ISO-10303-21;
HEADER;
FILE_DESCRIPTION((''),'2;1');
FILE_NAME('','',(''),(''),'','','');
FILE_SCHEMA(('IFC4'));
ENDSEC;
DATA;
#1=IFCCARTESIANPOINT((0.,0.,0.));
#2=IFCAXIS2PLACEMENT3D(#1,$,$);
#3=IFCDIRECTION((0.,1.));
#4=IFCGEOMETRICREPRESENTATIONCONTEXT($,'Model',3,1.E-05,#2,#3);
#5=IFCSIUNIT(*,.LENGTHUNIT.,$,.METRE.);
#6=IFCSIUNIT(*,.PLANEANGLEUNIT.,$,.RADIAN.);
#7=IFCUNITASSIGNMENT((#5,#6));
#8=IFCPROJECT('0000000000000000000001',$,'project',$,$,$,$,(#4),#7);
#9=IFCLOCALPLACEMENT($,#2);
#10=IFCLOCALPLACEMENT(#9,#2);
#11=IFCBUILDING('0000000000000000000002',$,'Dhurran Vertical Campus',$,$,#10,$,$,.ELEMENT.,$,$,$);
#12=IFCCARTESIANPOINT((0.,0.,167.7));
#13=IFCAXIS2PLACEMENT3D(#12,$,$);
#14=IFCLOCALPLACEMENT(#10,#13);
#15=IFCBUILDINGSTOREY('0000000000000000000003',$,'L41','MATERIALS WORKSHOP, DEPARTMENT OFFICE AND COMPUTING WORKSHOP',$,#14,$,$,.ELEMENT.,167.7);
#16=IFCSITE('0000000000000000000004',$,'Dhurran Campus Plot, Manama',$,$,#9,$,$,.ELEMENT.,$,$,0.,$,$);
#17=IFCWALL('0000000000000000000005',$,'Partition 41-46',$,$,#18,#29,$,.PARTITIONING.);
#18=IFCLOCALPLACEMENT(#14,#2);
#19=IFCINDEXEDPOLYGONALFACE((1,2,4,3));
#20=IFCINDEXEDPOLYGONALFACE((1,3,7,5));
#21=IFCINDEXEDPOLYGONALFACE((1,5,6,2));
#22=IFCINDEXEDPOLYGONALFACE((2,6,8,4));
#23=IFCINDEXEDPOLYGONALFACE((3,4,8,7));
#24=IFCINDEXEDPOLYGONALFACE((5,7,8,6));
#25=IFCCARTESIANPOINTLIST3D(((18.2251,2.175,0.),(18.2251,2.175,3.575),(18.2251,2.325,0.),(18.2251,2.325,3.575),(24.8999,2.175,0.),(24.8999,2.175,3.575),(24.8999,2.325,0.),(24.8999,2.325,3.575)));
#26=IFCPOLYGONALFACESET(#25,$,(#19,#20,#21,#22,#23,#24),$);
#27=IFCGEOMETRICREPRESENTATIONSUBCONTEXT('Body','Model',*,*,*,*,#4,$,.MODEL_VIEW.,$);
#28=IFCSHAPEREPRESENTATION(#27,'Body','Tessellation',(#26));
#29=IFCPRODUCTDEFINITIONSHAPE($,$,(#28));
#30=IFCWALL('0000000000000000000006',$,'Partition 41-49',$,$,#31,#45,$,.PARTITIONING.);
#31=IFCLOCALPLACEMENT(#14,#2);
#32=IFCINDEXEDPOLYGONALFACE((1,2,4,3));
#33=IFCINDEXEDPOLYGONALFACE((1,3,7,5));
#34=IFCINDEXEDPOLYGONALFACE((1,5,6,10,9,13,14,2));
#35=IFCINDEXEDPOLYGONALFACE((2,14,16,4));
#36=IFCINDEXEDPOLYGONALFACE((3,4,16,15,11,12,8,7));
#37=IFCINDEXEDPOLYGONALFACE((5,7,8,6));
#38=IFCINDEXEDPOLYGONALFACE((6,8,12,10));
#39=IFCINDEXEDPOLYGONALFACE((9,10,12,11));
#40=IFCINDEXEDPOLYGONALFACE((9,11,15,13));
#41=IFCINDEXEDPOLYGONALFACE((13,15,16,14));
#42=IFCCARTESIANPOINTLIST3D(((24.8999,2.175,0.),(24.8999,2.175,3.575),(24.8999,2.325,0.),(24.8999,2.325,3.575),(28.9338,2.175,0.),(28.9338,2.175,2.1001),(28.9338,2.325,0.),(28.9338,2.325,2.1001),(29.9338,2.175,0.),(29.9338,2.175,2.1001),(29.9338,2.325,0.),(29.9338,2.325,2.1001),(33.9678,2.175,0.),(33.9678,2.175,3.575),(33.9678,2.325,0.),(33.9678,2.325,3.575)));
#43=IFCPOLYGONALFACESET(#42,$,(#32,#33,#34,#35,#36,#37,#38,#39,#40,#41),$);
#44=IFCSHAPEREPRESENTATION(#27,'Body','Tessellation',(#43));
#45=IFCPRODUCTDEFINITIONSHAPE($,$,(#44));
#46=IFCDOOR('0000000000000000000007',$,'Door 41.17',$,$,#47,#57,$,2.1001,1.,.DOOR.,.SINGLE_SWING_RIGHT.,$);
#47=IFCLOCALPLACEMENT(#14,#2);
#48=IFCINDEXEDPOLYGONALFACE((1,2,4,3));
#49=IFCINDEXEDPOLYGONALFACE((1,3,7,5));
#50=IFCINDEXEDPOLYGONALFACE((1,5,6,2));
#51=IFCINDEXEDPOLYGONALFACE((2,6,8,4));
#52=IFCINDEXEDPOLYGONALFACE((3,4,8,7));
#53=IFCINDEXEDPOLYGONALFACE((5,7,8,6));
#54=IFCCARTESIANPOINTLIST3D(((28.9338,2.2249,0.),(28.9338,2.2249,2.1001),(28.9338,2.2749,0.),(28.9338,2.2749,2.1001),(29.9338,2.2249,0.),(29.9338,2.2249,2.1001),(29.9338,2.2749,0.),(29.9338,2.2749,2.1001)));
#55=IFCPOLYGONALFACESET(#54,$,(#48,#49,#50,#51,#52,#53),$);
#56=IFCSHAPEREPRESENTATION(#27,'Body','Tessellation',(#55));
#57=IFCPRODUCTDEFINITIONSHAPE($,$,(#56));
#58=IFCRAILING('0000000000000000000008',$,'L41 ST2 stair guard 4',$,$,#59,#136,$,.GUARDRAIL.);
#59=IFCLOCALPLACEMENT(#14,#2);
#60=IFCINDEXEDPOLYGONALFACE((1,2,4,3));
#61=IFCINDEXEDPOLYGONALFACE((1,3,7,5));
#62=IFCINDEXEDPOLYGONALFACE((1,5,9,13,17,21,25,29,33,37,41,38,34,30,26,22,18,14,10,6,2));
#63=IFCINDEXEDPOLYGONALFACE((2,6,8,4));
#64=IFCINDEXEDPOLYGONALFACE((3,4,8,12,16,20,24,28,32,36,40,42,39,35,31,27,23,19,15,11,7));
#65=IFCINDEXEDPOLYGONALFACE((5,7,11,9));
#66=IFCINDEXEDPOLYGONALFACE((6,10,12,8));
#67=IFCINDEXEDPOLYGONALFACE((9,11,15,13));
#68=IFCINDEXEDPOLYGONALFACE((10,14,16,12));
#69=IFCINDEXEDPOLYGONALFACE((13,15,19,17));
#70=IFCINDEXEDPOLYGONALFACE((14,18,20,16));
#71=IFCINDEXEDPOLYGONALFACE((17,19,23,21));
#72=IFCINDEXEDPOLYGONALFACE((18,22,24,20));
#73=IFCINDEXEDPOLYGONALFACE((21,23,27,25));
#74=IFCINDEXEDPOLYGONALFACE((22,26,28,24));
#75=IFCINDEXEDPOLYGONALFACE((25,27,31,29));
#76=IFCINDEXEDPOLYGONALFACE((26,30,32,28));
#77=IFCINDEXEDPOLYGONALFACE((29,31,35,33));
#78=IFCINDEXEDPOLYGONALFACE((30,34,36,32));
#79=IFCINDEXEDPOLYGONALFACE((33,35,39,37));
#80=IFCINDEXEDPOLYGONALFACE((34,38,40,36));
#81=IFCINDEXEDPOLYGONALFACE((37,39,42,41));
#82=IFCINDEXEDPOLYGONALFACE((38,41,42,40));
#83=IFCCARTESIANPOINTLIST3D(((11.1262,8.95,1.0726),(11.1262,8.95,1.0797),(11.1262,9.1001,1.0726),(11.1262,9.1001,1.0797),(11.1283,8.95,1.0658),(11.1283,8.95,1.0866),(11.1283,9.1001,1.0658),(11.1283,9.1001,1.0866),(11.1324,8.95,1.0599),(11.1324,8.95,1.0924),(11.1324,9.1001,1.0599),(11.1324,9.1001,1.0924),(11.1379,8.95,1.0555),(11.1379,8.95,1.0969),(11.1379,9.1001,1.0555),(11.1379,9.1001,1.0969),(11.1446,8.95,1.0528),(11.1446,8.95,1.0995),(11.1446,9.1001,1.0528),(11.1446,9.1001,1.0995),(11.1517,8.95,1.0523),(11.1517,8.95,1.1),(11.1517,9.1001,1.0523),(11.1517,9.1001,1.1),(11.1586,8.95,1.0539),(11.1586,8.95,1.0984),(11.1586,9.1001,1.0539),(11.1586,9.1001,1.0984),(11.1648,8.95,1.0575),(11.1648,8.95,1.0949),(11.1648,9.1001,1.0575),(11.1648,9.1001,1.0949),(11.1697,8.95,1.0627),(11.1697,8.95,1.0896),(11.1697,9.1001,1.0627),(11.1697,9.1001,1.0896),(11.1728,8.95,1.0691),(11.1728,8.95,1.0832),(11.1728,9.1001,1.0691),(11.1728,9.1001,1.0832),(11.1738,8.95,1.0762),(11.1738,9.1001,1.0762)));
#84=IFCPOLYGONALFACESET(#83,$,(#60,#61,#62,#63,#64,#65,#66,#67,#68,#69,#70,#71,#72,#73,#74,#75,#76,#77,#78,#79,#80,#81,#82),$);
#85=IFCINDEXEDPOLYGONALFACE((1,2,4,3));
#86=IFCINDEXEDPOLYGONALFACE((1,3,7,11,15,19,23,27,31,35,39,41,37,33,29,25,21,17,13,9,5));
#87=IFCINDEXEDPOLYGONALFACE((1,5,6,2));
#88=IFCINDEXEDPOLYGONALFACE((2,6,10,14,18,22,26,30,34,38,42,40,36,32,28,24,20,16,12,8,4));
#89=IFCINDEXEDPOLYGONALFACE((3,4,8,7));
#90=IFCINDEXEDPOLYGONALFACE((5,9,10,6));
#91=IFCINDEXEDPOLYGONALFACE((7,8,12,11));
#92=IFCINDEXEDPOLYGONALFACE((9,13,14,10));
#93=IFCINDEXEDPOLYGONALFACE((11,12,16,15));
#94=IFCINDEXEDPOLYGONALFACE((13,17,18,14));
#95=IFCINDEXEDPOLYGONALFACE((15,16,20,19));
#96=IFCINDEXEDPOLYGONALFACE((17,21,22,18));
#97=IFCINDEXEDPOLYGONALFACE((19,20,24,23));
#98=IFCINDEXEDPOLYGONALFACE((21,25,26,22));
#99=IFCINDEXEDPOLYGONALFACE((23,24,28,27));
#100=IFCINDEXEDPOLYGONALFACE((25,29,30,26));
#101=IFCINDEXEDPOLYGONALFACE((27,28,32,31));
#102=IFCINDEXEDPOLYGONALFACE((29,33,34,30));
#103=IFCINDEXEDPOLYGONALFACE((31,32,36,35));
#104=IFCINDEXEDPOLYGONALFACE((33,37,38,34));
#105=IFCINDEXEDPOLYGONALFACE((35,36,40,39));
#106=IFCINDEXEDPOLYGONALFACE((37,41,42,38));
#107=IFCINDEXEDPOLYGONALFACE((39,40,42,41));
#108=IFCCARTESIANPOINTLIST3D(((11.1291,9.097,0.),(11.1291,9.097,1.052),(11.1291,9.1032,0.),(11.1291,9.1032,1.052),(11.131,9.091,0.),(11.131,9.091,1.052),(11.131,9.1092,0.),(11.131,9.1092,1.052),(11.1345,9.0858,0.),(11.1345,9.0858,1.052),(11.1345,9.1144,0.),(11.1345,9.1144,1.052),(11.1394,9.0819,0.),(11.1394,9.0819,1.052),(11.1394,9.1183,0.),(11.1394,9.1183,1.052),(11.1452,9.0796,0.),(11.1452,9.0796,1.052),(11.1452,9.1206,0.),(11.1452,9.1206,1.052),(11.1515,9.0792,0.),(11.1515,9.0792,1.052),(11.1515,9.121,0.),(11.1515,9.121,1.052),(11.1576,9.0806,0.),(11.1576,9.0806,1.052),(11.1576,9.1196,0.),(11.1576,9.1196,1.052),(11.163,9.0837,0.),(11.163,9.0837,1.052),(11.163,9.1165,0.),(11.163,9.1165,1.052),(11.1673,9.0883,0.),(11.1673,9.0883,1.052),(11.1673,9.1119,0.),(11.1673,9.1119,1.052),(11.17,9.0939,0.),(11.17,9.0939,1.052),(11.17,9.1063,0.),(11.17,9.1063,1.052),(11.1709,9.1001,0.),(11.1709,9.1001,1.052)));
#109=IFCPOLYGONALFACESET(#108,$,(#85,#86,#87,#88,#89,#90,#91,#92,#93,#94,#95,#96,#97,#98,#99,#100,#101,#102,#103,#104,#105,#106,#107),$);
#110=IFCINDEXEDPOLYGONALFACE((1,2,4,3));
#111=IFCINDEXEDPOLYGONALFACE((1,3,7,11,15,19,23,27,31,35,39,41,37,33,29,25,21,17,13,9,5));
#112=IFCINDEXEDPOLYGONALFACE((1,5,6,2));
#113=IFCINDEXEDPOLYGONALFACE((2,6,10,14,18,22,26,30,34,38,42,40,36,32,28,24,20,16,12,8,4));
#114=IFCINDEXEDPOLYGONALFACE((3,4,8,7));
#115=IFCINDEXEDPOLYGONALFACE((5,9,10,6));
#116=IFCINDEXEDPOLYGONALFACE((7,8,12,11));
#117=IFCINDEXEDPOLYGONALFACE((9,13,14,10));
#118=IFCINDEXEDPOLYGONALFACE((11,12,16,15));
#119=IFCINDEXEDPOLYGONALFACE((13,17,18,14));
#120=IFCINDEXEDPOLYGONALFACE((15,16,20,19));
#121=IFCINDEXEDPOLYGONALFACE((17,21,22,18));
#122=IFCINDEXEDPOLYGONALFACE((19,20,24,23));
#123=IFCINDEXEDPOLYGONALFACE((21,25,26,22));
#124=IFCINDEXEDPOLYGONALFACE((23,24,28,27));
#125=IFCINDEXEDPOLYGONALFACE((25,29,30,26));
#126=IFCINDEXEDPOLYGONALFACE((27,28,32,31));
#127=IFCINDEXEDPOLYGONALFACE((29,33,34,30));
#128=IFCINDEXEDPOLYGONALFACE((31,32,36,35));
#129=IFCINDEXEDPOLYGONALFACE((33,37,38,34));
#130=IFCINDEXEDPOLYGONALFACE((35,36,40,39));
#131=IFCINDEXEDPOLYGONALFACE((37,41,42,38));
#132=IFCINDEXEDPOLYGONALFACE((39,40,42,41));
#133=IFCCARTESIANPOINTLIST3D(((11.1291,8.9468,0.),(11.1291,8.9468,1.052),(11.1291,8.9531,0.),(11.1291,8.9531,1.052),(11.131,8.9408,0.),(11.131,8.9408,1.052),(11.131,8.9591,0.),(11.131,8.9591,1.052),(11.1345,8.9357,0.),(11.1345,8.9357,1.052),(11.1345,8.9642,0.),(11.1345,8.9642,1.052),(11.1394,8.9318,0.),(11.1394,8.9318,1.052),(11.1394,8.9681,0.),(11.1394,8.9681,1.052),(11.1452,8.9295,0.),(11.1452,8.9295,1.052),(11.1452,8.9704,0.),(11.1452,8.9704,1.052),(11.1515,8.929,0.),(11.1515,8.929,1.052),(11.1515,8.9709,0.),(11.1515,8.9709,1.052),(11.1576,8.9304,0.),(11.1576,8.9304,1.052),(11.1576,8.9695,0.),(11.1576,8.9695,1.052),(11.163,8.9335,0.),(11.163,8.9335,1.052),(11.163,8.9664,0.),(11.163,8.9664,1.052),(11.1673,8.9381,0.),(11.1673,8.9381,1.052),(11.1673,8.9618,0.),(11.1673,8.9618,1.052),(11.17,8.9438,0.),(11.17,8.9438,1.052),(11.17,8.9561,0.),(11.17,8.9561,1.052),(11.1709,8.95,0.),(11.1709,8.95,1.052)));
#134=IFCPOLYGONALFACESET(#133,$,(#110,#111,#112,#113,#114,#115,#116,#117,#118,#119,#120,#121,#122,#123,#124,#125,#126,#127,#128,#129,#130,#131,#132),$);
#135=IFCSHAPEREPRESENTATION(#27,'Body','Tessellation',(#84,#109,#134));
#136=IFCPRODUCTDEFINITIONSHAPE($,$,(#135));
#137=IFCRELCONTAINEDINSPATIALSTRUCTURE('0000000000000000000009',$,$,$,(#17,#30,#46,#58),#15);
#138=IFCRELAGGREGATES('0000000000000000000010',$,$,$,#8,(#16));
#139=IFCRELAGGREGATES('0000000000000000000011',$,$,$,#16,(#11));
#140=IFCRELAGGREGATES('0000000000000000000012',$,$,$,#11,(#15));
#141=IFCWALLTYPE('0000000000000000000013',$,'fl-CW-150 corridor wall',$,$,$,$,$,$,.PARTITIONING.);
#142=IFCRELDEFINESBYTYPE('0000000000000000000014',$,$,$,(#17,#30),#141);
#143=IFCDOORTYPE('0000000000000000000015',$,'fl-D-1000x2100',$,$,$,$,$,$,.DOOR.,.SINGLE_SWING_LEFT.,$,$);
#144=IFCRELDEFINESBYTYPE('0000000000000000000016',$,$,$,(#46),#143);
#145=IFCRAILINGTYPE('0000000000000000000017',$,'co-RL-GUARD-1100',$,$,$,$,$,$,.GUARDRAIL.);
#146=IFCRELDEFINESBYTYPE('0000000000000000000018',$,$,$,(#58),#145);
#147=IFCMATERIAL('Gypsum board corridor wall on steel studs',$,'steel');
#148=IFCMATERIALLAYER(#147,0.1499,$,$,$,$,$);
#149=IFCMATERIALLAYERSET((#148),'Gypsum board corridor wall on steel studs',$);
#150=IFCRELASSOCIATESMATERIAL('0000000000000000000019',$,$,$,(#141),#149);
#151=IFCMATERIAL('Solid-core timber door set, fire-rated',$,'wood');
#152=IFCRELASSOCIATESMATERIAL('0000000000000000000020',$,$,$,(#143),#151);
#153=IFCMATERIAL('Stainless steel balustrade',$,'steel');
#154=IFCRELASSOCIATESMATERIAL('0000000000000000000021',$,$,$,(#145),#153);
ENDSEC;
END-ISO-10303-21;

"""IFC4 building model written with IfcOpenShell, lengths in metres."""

from ifc_helpers import new_model, si_unit, direction, frame, frame_2d, origin, origin_2d, place, context, subcontext, project, spatial, rectangle, circle, extrude, material, layer, layer_set, type_object, element, fill, save


model = new_model("IFC4")

# Units and contexts
model_context = context("Model", 3, precision=1e-05, world=origin(), true_north=direction((0.0, 1.0)))
body_context = subcontext(model_context, "Body", "Model", "MODEL_VIEW")
ifc_project = project(units=[si_unit("LENGTHUNIT", "METRE"), si_unit("PLANEANGLEUNIT", "RADIAN")], contexts=[model_context])

# Site, building, storey
site_placement = place(None, origin())
site = spatial("IfcSite", under=ifc_project, at=site_placement, Name="Dhurran Campus Plot, Manama", CompositionType="ELEMENT", RefElevation=0.0)
building_placement = place(site_placement, origin())
building = spatial("IfcBuilding", under=site, at=building_placement, Name="Dhurran Vertical Campus", CompositionType="ELEMENT")
storey_placement = place(building_placement, frame((0.0, 0.0, 167.7)))
storey = spatial("IfcBuildingStorey", under=building, at=storey_placement, Name="L41", Description="MATERIALS WORKSHOP, DEPARTMENT OFFICE AND COMPUTING WORKSHOP", CompositionType="ELEMENT", Elevation=167.7)

# Shared definitions
ifc_material_1 = material(Name="Gypsum board corridor wall on steel studs", Category="steel")
ifc_layer_1 = layer(ifc_material_1, 0.1499)
ifc_layer_set_1 = layer_set([ifc_layer_1], Name="Gypsum board corridor wall on steel studs")
wall_type_1 = type_object("IfcWallType", Name="fl-CW-150 corridor wall", PredefinedType="PARTITIONING", material=ifc_layer_set_1)
ifc_material_2 = material(Name="Solid-core timber door set, fire-rated", Category="wood")
door_type_1 = type_object("IfcDoorType", Name="fl-D-1000x2100", OperationType="SINGLE_SWING_LEFT", PredefinedType="DOOR", material=ifc_material_2)

# Wall
wall_1_placement = place(storey_placement, frame((18.2251, 2.25, 0.0), z_axis=(0.0, 0.0, 1.0), x_axis=(1.0, 0.0, 0.0)))
element("IfcWall", 1, at=wall_1_placement, inside=storey, type_object=wall_type_1, Name="Partition 41-46", PredefinedType="PARTITIONING", context=body_context, shape_type="SweptSolid", body=[
    extrude(rectangle(XDim=6.6748, YDim=0.1499, at=frame_2d((3.3374, 0.0))), origin(), (0.0, 0.0, 1.0), 3.575),
])

# Wall, opening, door
wall_2_placement = place(storey_placement, frame((24.8999, 2.25, 0.0), z_axis=(0.0, 0.0, 1.0), x_axis=(1.0, 0.0, 0.0)))
wall_2 = element("IfcWall", 2, at=wall_2_placement, inside=storey, type_object=wall_type_1, Name="Partition 41-49", PredefinedType="PARTITIONING", context=body_context, shape_type="SweptSolid", body=[
    extrude(rectangle(XDim=9.0679, YDim=0.1499, at=frame_2d((4.5339, 0.0))), origin(), (0.0, 0.0, 1.0), 3.575),
])
opening_1_placement = place(wall_2_placement, frame((4.0339, 0.0, 0.0)))
opening_1 = element("IfcOpeningElement", 3, at=opening_1_placement, cuts=wall_2, PredefinedType="OPENING", context=body_context, shape_type="SweptSolid", body=[
    extrude(rectangle(XDim=1.0, YDim=2.1001, at=frame_2d((0.5, 1.05))), frame((0.0, 0.085, 0.0), z_axis=(0.0, -1.0, 0.0), x_axis=(1.0, 0.0, 0.0)), (0.0, 0.0, 1.0), 0.1699),
])
door_1_placement = place(opening_1_placement, origin())
door_1 = element("IfcDoor", 4, at=door_1_placement, inside=storey, type_object=door_type_1, Name="Door 41.17", OperationType="SINGLE_SWING_RIGHT", OverallHeight=2.1001, OverallWidth=1.0, PredefinedType="DOOR", context=body_context, shape_type="SweptSolid", body=[
    extrude(rectangle(XDim=1.0, YDim=2.1001, at=frame_2d((0.5, 1.05))), frame((0.0, 0.0249, 0.0), z_axis=(0.0, -1.0, 0.0), x_axis=(1.0, 0.0, 0.0)), (0.0, 0.0, 1.0), 0.05),
])
fill(opening_1, door_1)

# Railing
ifc_material_3 = material(Name="Stainless steel balustrade", Category="steel")
railing_type = type_object("IfcRailingType", Name="co-RL-GUARD-1100", PredefinedType="GUARDRAIL", material=ifc_material_3)
railing_placement = place(storey_placement, frame((11.1499, 9.1001, 0.0)))
element("IfcRailing", 5, at=railing_placement, inside=storey, type_object=railing_type, Name="L41 ST2 stair guard 4", PredefinedType="GUARDRAIL", context=body_context, shape_type="SweptSolid", body=[
    extrude(circle(Radius=0.0239, at=origin_2d()), frame((0.0, 0.0, 1.0762), z_axis=(0.0, -1.0, 0.0), x_axis=(1.0, 0.0, 0.0)), (0.0, 0.0, 1.0), 0.1501),
    extrude(circle(Radius=0.021, at=origin_2d()), origin(), (0.0, 0.0, 1.0), 1.052),
    extrude(circle(Radius=0.021, at=origin_2d()), frame((0.0, -0.1501, 0.0)), (0.0, 0.0, 1.0), 1.052),
])

save(model, "model.ifc")
